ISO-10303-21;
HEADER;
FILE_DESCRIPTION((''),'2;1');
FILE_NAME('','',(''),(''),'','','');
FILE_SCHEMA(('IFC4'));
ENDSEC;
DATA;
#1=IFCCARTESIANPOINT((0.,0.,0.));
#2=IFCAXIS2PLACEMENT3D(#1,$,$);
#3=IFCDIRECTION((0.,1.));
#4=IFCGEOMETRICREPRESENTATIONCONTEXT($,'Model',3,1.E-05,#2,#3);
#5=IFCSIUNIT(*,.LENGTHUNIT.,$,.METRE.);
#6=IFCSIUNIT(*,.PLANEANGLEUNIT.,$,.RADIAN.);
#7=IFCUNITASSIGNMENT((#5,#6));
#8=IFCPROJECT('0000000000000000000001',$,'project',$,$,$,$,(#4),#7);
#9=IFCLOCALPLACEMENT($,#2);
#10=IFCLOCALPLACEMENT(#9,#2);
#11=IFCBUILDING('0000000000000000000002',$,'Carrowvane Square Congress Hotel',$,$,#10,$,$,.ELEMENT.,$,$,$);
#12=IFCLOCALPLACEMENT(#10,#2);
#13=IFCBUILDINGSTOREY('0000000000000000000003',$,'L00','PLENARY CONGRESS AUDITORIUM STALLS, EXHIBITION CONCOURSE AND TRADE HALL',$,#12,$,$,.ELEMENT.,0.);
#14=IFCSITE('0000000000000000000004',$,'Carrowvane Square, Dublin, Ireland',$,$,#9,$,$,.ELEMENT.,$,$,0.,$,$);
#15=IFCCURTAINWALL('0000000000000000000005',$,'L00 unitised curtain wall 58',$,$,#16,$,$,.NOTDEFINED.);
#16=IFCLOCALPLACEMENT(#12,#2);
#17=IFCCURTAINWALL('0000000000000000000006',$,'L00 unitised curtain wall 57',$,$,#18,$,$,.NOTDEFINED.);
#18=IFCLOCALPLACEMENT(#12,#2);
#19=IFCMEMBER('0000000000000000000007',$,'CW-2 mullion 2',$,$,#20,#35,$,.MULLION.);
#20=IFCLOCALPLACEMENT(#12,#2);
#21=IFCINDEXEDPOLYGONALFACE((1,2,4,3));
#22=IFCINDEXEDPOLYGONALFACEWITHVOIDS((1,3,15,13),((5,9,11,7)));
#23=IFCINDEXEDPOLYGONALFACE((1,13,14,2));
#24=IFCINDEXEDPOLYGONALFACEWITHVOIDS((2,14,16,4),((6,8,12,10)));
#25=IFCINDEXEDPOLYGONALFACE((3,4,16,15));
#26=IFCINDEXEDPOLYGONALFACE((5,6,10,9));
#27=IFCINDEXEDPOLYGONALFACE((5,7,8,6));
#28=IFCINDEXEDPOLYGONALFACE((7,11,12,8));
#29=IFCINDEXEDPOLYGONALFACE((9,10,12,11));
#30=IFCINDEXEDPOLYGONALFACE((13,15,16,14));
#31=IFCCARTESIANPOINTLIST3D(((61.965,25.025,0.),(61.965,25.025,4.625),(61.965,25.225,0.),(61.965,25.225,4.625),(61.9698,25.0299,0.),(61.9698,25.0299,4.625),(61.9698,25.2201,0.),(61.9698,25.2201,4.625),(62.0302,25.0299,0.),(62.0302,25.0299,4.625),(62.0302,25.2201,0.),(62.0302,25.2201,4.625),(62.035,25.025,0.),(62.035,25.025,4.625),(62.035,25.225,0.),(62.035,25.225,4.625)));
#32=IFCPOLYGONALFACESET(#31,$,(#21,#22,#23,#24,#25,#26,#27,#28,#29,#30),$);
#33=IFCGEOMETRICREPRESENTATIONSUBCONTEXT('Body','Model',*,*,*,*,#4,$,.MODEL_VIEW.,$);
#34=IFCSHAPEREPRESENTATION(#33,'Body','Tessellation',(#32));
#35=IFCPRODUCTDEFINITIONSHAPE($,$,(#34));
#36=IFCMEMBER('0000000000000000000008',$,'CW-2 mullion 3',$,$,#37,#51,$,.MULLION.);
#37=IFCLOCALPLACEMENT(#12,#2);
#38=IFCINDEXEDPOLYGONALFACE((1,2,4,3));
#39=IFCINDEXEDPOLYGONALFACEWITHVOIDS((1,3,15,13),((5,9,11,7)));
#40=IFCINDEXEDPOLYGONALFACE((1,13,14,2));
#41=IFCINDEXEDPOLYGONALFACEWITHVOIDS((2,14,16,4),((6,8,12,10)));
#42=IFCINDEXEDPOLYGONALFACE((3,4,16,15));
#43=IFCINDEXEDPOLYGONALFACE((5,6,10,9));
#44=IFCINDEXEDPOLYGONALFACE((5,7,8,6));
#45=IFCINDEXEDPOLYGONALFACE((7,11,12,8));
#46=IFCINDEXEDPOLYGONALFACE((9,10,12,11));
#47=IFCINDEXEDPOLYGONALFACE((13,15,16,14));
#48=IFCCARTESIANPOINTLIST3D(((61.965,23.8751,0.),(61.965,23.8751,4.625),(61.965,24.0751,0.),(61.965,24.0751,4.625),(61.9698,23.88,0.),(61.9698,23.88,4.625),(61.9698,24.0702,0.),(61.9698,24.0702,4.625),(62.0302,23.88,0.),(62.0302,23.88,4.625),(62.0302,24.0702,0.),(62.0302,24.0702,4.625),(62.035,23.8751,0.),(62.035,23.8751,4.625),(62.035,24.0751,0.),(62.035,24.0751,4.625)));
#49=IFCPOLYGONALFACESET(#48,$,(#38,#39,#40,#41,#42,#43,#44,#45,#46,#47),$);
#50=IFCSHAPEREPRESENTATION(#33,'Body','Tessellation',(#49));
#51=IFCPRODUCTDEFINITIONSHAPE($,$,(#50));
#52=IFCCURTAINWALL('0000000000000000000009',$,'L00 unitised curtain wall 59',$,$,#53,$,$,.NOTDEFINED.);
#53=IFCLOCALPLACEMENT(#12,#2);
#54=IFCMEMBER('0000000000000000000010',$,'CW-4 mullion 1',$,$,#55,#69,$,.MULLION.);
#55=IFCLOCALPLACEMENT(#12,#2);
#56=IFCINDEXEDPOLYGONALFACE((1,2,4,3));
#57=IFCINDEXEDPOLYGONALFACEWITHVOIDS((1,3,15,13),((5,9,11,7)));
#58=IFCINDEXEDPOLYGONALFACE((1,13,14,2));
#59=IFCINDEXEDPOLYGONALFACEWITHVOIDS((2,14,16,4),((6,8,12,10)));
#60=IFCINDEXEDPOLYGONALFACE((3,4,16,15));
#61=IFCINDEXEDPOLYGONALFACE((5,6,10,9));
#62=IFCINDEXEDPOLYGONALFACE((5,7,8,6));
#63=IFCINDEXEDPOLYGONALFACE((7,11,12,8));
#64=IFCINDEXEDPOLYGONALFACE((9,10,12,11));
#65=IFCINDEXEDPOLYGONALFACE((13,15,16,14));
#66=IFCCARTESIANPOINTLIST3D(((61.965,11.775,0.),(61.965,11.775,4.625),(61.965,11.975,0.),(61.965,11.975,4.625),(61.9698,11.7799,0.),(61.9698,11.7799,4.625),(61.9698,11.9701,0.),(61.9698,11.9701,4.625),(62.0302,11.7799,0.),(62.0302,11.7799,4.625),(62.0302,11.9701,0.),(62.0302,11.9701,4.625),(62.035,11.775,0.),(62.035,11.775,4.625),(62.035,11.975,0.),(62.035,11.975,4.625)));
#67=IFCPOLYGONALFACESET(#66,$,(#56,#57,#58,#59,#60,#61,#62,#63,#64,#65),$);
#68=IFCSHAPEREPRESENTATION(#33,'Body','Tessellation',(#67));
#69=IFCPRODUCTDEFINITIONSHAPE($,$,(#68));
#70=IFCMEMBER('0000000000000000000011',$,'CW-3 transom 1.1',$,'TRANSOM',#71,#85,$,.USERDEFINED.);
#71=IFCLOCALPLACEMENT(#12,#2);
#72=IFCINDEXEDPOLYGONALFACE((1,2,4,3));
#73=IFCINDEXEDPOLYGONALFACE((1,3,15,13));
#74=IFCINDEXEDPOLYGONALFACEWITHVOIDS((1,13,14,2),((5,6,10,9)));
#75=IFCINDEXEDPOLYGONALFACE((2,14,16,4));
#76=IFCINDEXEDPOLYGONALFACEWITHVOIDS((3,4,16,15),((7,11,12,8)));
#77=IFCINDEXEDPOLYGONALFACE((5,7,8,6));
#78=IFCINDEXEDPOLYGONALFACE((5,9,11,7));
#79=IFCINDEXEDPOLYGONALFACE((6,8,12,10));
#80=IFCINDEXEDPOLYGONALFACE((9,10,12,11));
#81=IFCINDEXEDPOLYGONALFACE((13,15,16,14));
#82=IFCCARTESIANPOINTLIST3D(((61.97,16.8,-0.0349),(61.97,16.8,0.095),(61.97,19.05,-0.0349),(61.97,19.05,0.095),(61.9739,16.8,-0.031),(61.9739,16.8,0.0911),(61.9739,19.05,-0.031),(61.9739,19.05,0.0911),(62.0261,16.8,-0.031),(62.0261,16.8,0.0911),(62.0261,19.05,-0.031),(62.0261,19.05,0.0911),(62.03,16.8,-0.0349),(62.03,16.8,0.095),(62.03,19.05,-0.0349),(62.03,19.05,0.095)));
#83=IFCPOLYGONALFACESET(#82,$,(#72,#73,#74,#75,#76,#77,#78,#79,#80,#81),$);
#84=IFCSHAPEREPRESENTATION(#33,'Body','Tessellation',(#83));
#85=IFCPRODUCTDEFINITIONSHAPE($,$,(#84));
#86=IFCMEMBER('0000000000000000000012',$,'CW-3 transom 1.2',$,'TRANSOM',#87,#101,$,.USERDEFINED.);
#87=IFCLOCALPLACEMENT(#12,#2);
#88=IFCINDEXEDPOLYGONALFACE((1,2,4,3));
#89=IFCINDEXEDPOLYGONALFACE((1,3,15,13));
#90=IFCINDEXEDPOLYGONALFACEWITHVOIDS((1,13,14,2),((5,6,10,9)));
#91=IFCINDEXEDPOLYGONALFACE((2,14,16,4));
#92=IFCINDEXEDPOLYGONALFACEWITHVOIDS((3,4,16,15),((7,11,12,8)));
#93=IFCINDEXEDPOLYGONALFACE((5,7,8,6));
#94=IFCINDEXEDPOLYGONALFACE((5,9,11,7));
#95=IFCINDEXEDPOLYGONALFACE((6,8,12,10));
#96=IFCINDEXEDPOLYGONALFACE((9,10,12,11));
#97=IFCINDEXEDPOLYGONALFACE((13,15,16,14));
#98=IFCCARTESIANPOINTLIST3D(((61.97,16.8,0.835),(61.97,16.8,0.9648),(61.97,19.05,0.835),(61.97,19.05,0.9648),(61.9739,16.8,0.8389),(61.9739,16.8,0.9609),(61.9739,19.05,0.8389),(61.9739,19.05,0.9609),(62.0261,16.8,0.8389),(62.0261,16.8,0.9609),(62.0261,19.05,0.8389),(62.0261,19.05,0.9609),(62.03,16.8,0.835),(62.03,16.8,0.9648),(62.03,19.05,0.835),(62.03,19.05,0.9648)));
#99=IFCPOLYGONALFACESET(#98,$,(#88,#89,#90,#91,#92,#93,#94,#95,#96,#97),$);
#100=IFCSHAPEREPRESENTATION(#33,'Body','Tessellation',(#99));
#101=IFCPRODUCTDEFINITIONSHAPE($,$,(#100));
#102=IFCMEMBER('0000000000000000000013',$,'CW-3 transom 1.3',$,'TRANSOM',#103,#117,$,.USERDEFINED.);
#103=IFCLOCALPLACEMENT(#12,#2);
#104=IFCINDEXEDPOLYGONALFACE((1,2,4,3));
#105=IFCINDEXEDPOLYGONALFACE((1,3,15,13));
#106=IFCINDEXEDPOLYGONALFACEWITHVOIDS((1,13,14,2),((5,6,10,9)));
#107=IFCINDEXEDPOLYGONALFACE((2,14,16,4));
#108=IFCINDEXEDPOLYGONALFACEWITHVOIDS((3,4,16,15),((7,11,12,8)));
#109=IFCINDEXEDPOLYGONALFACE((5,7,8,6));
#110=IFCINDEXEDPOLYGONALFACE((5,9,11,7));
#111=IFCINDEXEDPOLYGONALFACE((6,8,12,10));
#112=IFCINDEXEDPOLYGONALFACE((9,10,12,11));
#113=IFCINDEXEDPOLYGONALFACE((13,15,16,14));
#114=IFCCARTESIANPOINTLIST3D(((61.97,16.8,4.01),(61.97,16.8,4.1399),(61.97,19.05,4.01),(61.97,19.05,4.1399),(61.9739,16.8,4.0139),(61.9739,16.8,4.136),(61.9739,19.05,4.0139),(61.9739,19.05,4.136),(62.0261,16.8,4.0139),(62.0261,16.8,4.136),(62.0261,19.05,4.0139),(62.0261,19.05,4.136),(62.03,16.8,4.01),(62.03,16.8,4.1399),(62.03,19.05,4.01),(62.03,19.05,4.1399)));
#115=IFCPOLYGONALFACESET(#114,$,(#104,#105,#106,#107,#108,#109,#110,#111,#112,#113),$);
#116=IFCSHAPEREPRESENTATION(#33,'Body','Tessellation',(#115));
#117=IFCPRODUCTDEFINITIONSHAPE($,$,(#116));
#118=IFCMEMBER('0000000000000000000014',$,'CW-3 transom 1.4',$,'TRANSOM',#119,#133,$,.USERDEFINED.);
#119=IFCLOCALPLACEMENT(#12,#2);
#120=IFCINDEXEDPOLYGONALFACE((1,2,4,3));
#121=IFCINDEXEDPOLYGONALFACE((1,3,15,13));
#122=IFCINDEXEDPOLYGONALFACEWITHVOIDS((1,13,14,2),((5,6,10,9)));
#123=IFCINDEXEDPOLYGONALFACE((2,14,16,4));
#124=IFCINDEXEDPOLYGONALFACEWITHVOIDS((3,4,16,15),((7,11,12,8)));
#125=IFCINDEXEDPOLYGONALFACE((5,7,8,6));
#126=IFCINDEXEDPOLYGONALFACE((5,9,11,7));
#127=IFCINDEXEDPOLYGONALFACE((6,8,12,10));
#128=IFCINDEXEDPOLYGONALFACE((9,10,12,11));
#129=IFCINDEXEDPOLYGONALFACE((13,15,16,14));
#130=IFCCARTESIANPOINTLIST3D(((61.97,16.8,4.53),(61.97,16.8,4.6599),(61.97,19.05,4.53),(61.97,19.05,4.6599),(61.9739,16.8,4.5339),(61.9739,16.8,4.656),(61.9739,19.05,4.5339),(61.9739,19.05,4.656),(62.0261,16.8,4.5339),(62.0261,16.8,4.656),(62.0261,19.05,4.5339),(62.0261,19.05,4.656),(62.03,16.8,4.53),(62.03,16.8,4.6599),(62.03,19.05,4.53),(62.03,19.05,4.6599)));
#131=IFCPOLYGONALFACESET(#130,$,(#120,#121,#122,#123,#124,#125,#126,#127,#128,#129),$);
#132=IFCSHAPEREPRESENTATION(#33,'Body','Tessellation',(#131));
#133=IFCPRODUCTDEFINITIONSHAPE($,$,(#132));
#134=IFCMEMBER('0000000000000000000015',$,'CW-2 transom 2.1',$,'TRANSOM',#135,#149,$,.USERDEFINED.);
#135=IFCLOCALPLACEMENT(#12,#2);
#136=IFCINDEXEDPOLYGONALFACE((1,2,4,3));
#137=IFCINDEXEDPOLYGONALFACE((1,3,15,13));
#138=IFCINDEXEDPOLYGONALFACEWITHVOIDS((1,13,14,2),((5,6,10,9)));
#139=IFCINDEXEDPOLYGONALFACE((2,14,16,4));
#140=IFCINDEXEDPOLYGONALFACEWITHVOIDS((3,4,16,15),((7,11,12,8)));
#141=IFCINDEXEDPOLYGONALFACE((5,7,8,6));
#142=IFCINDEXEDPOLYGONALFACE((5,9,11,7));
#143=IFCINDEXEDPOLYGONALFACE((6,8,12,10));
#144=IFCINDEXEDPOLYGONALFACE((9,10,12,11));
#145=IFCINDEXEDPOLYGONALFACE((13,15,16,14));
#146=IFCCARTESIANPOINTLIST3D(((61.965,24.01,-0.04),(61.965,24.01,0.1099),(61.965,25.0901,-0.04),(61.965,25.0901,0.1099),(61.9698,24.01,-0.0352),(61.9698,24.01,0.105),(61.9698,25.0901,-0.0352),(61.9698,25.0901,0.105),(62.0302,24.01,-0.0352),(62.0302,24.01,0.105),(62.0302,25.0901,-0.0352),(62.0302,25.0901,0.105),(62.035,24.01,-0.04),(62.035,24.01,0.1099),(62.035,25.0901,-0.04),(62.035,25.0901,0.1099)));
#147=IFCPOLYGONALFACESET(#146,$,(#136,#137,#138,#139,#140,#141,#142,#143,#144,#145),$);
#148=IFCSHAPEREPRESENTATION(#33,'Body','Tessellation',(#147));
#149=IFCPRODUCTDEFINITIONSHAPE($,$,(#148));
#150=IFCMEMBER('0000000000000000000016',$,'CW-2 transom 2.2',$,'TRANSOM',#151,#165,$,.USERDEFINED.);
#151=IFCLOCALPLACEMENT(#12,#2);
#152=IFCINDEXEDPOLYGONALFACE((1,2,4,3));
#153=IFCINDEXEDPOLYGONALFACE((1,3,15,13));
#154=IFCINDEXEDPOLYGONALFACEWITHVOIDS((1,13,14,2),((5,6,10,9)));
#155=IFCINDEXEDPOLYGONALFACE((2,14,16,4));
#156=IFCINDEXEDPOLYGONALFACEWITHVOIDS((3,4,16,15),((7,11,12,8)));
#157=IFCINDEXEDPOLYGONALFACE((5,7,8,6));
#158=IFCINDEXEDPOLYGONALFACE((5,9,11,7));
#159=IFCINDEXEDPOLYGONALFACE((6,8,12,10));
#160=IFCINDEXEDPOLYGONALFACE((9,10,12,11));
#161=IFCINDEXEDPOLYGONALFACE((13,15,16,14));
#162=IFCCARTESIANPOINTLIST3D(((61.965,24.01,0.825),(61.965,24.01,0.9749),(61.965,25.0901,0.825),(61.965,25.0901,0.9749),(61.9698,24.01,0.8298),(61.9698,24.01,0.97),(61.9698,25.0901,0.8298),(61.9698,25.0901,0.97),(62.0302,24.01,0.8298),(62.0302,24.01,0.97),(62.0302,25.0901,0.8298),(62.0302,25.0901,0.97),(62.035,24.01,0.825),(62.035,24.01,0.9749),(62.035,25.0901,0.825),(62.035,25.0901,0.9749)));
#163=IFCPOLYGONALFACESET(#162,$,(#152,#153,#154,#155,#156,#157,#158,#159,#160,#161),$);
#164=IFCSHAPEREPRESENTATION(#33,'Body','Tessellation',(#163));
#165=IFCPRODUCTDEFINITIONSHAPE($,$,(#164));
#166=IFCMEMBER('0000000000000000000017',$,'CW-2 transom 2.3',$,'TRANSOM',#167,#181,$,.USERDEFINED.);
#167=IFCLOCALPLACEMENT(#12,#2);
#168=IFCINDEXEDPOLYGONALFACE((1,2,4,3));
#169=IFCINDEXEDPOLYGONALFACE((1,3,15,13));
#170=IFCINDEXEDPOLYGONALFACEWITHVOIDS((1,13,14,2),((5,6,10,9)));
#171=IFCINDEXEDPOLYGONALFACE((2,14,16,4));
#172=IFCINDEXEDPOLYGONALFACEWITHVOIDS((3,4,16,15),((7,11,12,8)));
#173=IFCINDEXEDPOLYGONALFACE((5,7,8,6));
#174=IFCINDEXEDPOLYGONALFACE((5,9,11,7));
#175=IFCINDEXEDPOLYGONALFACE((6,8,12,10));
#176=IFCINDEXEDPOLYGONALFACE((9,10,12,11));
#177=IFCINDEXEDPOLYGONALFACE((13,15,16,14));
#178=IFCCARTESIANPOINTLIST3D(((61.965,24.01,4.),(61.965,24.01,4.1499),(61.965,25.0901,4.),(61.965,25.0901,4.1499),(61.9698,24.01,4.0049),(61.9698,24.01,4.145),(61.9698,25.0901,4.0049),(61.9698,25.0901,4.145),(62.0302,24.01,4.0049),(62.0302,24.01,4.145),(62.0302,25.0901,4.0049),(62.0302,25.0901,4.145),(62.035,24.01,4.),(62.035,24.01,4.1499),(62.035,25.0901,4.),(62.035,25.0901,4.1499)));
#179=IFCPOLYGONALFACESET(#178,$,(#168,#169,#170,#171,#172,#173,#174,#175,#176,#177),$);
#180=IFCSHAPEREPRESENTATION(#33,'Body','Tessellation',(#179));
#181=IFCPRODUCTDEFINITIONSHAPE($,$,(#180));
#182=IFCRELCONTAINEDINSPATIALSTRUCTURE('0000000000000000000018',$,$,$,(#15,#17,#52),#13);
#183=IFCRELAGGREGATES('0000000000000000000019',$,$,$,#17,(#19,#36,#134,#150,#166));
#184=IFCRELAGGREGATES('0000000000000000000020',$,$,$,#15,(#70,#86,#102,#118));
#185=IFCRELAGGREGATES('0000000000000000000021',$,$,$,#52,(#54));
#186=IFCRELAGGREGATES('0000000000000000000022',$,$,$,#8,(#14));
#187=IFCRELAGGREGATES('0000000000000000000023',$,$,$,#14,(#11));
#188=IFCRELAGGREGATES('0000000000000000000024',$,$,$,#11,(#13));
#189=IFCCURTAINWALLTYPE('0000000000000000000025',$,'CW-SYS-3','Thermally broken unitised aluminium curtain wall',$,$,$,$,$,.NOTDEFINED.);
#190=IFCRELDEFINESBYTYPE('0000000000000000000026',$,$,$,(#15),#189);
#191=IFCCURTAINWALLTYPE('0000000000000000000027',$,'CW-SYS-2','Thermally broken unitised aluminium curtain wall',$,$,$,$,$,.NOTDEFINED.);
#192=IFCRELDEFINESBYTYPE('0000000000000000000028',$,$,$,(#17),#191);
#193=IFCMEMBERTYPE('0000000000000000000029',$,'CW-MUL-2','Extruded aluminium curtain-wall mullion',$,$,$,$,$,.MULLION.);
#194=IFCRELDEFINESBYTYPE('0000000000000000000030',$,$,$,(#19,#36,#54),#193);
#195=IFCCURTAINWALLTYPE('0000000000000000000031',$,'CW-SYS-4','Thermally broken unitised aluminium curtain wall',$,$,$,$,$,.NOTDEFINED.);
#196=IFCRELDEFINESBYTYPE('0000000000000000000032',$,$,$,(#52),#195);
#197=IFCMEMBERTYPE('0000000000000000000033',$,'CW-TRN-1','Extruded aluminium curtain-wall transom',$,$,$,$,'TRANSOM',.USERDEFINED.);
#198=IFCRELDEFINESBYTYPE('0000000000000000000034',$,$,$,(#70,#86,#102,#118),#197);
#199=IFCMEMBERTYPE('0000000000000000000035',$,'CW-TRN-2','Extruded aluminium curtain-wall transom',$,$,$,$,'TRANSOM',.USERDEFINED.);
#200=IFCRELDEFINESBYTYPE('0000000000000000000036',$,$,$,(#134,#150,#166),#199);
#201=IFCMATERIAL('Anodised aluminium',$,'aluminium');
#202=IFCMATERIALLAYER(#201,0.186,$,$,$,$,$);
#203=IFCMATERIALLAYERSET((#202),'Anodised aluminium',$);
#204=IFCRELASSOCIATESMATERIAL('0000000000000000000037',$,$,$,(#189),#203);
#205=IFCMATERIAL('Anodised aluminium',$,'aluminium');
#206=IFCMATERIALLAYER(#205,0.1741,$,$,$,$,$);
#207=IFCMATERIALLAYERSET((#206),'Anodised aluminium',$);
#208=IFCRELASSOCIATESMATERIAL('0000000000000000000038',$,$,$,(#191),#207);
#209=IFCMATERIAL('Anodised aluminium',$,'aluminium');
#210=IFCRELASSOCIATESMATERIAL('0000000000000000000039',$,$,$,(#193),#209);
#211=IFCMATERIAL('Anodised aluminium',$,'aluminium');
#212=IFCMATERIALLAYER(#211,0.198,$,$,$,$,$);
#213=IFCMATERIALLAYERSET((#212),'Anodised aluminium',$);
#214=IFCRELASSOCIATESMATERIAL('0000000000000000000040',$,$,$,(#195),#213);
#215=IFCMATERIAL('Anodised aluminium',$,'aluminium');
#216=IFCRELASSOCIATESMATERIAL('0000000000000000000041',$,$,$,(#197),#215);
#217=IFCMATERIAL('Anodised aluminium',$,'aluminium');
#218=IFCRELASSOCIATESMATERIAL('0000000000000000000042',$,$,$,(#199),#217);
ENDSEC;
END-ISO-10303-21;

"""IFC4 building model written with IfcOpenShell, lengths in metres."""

from ifc_helpers import new_model, si_unit, direction, frame, origin, origin_2d, place, context, subcontext, project, spatial, hollow_rectangle, extrude, material, layer, layer_set, material_profile, profile_set, type_object, element, aggregate, save


model = new_model("IFC4")

# Units and contexts
model_context = context("Model", 3, precision=1e-05, world=origin(), true_north=direction((0.0, 1.0)))
body_context = subcontext(model_context, "Body", "Model", "MODEL_VIEW")
ifc_project = project(units=[si_unit("LENGTHUNIT", "METRE"), si_unit("PLANEANGLEUNIT", "RADIAN")], contexts=[model_context])

# Site, building, storey
site_placement = place(None, origin())
site = spatial("IfcSite", under=ifc_project, at=site_placement, Name="Carrowvane Square, Dublin, Ireland", CompositionType="ELEMENT", RefElevation=0.0)
building_placement = place(site_placement, origin())
building = spatial("IfcBuilding", under=site, at=building_placement, Name="Carrowvane Square Congress Hotel", CompositionType="ELEMENT")
storey_placement = place(building_placement, origin())
storey = spatial("IfcBuildingStorey", under=building, at=storey_placement, Name="L00", Description="PLENARY CONGRESS AUDITORIUM STALLS, EXHIBITION CONCOURSE AND TRADE HALL", CompositionType="ELEMENT", Elevation=0.0)

# Curtain walls, members
ifc_material_1 = material(Name="Anodised aluminium", Category="aluminium")
ifc_layer_1 = layer(ifc_material_1, 0.186)
ifc_layer_set_1 = layer_set([ifc_layer_1], Name="Anodised aluminium")
curtain_wall_type_1 = type_object("IfcCurtainWallType", Name="CW-SYS-3", Description="Thermally broken unitised aluminium curtain wall", PredefinedType="NOTDEFINED", material=ifc_layer_set_1)
curtain_wall_1_placement = place(storey_placement, origin())
curtain_wall_1 = element("IfcCurtainWall", 1, at=curtain_wall_1_placement, inside=storey, type_object=curtain_wall_type_1, Name="L00 unitised curtain wall 58", PredefinedType="NOTDEFINED")
ifc_material_2 = material(Name="Anodised aluminium", Category="aluminium")
ifc_layer_2 = layer(ifc_material_2, 0.1741)
ifc_layer_set_2 = layer_set([ifc_layer_2], Name="Anodised aluminium")
curtain_wall_type_2 = type_object("IfcCurtainWallType", Name="CW-SYS-2", Description="Thermally broken unitised aluminium curtain wall", PredefinedType="NOTDEFINED", material=ifc_layer_set_2)
curtain_wall_2_placement = place(storey_placement, origin())
curtain_wall_2 = element("IfcCurtainWall", 2, at=curtain_wall_2_placement, inside=storey, type_object=curtain_wall_type_2, Name="L00 unitised curtain wall 57", PredefinedType="NOTDEFINED")
ifc_material_3 = material(Name="Anodised aluminium", Category="aluminium")
ifc_material_profile_1 = material_profile(ifc_material_3, hollow_rectangle(XDim=0.0701, YDim=0.2, WallThickness=0.0049, at=origin_2d()), Name="CW-ML 70x200x5")
ifc_profile_set_1 = profile_set([ifc_material_profile_1], Name="Anodised aluminium")
member_type_1 = type_object("IfcMemberType", Name="CW-MUL-2", Description="Extruded aluminium curtain-wall mullion", PredefinedType="MULLION", material=ifc_profile_set_1)
member_1_placement = place(storey_placement, frame((62.0, 25.125, 0.0), z_axis=(0.0, 0.0, 1.0), x_axis=(1.0, 0.0, 0.0)))
member_1 = element("IfcMember", 3, at=member_1_placement, type_object=member_type_1, Name="CW-2 mullion 2", PredefinedType="MULLION", context=body_context, shape_type="SweptSolid", body=[
    extrude(hollow_rectangle(XDim=0.0701, YDim=0.2, WallThickness=0.0049, at=origin_2d()), origin(), (0.0, 0.0, 1.0), 4.625),
])
member_2_placement = place(storey_placement, frame((62.0, 23.9751, 0.0), z_axis=(0.0, 0.0, 1.0), x_axis=(1.0, 0.0, 0.0)))
member_2 = element("IfcMember", 4, at=member_2_placement, type_object=member_type_1, Name="CW-2 mullion 3", PredefinedType="MULLION", context=body_context, shape_type="SweptSolid", body=[
    extrude(hollow_rectangle(XDim=0.0701, YDim=0.2, WallThickness=0.0049, at=origin_2d()), origin(), (0.0, 0.0, 1.0), 4.625),
])

# Curtain wall, member
ifc_material_4 = material(Name="Anodised aluminium", Category="aluminium")
ifc_layer_3 = layer(ifc_material_4, 0.198)
ifc_layer_set_3 = layer_set([ifc_layer_3], Name="Anodised aluminium")
curtain_wall_type_3 = type_object("IfcCurtainWallType", Name="CW-SYS-4", Description="Thermally broken unitised aluminium curtain wall", PredefinedType="NOTDEFINED", material=ifc_layer_set_3)
curtain_wall_3_placement = place(storey_placement, origin())
curtain_wall_3 = element("IfcCurtainWall", 5, at=curtain_wall_3_placement, inside=storey, type_object=curtain_wall_type_3, Name="L00 unitised curtain wall 59", PredefinedType="NOTDEFINED")
member_3_placement = place(storey_placement, frame((62.0, 11.875, 0.0), z_axis=(0.0, 0.0, 1.0), x_axis=(1.0, 0.0, 0.0)))
member_3 = element("IfcMember", 6, at=member_3_placement, type_object=member_type_1, Name="CW-4 mullion 1", PredefinedType="MULLION", context=body_context, shape_type="SweptSolid", body=[
    extrude(hollow_rectangle(XDim=0.0701, YDim=0.2, WallThickness=0.0049, at=origin_2d()), origin(), (0.0, 0.0, 1.0), 4.625),
])

# Members
ifc_material_5 = material(Name="Anodised aluminium", Category="aluminium")
ifc_material_profile_2 = material_profile(ifc_material_5, hollow_rectangle(XDim=0.0601, YDim=0.1299, WallThickness=0.0039, at=origin_2d()), Name="CW-TR 60x130x4")
ifc_profile_set_2 = profile_set([ifc_material_profile_2], Name="Anodised aluminium")
member_type_2 = type_object("IfcMemberType", Name="CW-TRN-1", Description="Extruded aluminium curtain-wall transom", ElementType="TRANSOM", PredefinedType="USERDEFINED", material=ifc_profile_set_2)
member_4_placement = place(storey_placement, frame((62.0, 19.05, 0.03), z_axis=(0.0, -1.0, 0.0), x_axis=(1.0, 0.0, 0.0)))
member_4 = element("IfcMember", 7, at=member_4_placement, type_object=member_type_2, Name="CW-3 transom 1.1", ObjectType="TRANSOM", PredefinedType="USERDEFINED", context=body_context, shape_type="SweptSolid", body=[
    extrude(hollow_rectangle(XDim=0.0601, YDim=0.1299, WallThickness=0.0039, at=origin_2d()), origin(), (0.0, 0.0, 1.0), 2.25),
])
member_5_placement = place(storey_placement, frame((62.0, 19.05, 0.8999), z_axis=(0.0, -1.0, 0.0), x_axis=(1.0, 0.0, 0.0)))
member_5 = element("IfcMember", 8, at=member_5_placement, type_object=member_type_2, Name="CW-3 transom 1.2", ObjectType="TRANSOM", PredefinedType="USERDEFINED", context=body_context, shape_type="SweptSolid", body=[
    extrude(hollow_rectangle(XDim=0.0601, YDim=0.1299, WallThickness=0.0039, at=origin_2d()), origin(), (0.0, 0.0, 1.0), 2.25),
])
member_6_placement = place(storey_placement, frame((62.0, 19.05, 4.075), z_axis=(0.0, -1.0, 0.0), x_axis=(1.0, 0.0, 0.0)))
member_6 = element("IfcMember", 9, at=member_6_placement, type_object=member_type_2, Name="CW-3 transom 1.3", ObjectType="TRANSOM", PredefinedType="USERDEFINED", context=body_context, shape_type="SweptSolid", body=[
    extrude(hollow_rectangle(XDim=0.0601, YDim=0.1299, WallThickness=0.0039, at=origin_2d()), origin(), (0.0, 0.0, 1.0), 2.25),
])
member_7_placement = place(storey_placement, frame((62.0, 19.05, 4.595), z_axis=(0.0, -1.0, 0.0), x_axis=(1.0, 0.0, 0.0)))
member_7 = element("IfcMember", 10, at=member_7_placement, type_object=member_type_2, Name="CW-3 transom 1.4", ObjectType="TRANSOM", PredefinedType="USERDEFINED", context=body_context, shape_type="SweptSolid", body=[
    extrude(hollow_rectangle(XDim=0.0601, YDim=0.1299, WallThickness=0.0039, at=origin_2d()), origin(), (0.0, 0.0, 1.0), 2.25),
])
ifc_material_6 = material(Name="Anodised aluminium", Category="aluminium")
ifc_material_profile_3 = material_profile(ifc_material_6, hollow_rectangle(XDim=0.0701, YDim=0.1499, WallThickness=0.0049, at=origin_2d()), Name="CW-TR 70x150x5")
ifc_profile_set_3 = profile_set([ifc_material_profile_3], Name="Anodised aluminium")
member_type_3 = type_object("IfcMemberType", Name="CW-TRN-2", Description="Extruded aluminium curtain-wall transom", ElementType="TRANSOM", PredefinedType="USERDEFINED", material=ifc_profile_set_3)
member_8_placement = place(storey_placement, frame((62.0, 25.0901, 0.0349), z_axis=(0.0, -1.0, 0.0), x_axis=(1.0, 0.0, 0.0)))
member_8 = element("IfcMember", 11, at=member_8_placement, type_object=member_type_3, Name="CW-2 transom 2.1", ObjectType="TRANSOM", PredefinedType="USERDEFINED", context=body_context, shape_type="SweptSolid", body=[
    extrude(hollow_rectangle(XDim=0.0701, YDim=0.1499, WallThickness=0.0049, at=origin_2d()), origin(), (0.0, 0.0, 1.0), 1.0801),
])
member_9_placement = place(storey_placement, frame((62.0, 25.0901, 0.8999), z_axis=(0.0, -1.0, 0.0), x_axis=(1.0, 0.0, 0.0)))
member_9 = element("IfcMember", 12, at=member_9_placement, type_object=member_type_3, Name="CW-2 transom 2.2", ObjectType="TRANSOM", PredefinedType="USERDEFINED", context=body_context, shape_type="SweptSolid", body=[
    extrude(hollow_rectangle(XDim=0.0701, YDim=0.1499, WallThickness=0.0049, at=origin_2d()), origin(), (0.0, 0.0, 1.0), 1.0801),
])
member_10_placement = place(storey_placement, frame((62.0, 25.0901, 4.075), z_axis=(0.0, -1.0, 0.0), x_axis=(1.0, 0.0, 0.0)))
member_10 = element("IfcMember", 13, at=member_10_placement, type_object=member_type_3, Name="CW-2 transom 2.3", ObjectType="TRANSOM", PredefinedType="USERDEFINED", context=body_context, shape_type="SweptSolid", body=[
    extrude(hollow_rectangle(XDim=0.0701, YDim=0.1499, WallThickness=0.0049, at=origin_2d()), origin(), (0.0, 0.0, 1.0), 1.0801),
])

aggregate(curtain_wall_2, [member_1, member_2, member_8, member_9, member_10])
aggregate(curtain_wall_1, [member_4, member_5, member_6, member_7])
aggregate(curtain_wall_3, [member_3])

save(model, "model.ifc")
